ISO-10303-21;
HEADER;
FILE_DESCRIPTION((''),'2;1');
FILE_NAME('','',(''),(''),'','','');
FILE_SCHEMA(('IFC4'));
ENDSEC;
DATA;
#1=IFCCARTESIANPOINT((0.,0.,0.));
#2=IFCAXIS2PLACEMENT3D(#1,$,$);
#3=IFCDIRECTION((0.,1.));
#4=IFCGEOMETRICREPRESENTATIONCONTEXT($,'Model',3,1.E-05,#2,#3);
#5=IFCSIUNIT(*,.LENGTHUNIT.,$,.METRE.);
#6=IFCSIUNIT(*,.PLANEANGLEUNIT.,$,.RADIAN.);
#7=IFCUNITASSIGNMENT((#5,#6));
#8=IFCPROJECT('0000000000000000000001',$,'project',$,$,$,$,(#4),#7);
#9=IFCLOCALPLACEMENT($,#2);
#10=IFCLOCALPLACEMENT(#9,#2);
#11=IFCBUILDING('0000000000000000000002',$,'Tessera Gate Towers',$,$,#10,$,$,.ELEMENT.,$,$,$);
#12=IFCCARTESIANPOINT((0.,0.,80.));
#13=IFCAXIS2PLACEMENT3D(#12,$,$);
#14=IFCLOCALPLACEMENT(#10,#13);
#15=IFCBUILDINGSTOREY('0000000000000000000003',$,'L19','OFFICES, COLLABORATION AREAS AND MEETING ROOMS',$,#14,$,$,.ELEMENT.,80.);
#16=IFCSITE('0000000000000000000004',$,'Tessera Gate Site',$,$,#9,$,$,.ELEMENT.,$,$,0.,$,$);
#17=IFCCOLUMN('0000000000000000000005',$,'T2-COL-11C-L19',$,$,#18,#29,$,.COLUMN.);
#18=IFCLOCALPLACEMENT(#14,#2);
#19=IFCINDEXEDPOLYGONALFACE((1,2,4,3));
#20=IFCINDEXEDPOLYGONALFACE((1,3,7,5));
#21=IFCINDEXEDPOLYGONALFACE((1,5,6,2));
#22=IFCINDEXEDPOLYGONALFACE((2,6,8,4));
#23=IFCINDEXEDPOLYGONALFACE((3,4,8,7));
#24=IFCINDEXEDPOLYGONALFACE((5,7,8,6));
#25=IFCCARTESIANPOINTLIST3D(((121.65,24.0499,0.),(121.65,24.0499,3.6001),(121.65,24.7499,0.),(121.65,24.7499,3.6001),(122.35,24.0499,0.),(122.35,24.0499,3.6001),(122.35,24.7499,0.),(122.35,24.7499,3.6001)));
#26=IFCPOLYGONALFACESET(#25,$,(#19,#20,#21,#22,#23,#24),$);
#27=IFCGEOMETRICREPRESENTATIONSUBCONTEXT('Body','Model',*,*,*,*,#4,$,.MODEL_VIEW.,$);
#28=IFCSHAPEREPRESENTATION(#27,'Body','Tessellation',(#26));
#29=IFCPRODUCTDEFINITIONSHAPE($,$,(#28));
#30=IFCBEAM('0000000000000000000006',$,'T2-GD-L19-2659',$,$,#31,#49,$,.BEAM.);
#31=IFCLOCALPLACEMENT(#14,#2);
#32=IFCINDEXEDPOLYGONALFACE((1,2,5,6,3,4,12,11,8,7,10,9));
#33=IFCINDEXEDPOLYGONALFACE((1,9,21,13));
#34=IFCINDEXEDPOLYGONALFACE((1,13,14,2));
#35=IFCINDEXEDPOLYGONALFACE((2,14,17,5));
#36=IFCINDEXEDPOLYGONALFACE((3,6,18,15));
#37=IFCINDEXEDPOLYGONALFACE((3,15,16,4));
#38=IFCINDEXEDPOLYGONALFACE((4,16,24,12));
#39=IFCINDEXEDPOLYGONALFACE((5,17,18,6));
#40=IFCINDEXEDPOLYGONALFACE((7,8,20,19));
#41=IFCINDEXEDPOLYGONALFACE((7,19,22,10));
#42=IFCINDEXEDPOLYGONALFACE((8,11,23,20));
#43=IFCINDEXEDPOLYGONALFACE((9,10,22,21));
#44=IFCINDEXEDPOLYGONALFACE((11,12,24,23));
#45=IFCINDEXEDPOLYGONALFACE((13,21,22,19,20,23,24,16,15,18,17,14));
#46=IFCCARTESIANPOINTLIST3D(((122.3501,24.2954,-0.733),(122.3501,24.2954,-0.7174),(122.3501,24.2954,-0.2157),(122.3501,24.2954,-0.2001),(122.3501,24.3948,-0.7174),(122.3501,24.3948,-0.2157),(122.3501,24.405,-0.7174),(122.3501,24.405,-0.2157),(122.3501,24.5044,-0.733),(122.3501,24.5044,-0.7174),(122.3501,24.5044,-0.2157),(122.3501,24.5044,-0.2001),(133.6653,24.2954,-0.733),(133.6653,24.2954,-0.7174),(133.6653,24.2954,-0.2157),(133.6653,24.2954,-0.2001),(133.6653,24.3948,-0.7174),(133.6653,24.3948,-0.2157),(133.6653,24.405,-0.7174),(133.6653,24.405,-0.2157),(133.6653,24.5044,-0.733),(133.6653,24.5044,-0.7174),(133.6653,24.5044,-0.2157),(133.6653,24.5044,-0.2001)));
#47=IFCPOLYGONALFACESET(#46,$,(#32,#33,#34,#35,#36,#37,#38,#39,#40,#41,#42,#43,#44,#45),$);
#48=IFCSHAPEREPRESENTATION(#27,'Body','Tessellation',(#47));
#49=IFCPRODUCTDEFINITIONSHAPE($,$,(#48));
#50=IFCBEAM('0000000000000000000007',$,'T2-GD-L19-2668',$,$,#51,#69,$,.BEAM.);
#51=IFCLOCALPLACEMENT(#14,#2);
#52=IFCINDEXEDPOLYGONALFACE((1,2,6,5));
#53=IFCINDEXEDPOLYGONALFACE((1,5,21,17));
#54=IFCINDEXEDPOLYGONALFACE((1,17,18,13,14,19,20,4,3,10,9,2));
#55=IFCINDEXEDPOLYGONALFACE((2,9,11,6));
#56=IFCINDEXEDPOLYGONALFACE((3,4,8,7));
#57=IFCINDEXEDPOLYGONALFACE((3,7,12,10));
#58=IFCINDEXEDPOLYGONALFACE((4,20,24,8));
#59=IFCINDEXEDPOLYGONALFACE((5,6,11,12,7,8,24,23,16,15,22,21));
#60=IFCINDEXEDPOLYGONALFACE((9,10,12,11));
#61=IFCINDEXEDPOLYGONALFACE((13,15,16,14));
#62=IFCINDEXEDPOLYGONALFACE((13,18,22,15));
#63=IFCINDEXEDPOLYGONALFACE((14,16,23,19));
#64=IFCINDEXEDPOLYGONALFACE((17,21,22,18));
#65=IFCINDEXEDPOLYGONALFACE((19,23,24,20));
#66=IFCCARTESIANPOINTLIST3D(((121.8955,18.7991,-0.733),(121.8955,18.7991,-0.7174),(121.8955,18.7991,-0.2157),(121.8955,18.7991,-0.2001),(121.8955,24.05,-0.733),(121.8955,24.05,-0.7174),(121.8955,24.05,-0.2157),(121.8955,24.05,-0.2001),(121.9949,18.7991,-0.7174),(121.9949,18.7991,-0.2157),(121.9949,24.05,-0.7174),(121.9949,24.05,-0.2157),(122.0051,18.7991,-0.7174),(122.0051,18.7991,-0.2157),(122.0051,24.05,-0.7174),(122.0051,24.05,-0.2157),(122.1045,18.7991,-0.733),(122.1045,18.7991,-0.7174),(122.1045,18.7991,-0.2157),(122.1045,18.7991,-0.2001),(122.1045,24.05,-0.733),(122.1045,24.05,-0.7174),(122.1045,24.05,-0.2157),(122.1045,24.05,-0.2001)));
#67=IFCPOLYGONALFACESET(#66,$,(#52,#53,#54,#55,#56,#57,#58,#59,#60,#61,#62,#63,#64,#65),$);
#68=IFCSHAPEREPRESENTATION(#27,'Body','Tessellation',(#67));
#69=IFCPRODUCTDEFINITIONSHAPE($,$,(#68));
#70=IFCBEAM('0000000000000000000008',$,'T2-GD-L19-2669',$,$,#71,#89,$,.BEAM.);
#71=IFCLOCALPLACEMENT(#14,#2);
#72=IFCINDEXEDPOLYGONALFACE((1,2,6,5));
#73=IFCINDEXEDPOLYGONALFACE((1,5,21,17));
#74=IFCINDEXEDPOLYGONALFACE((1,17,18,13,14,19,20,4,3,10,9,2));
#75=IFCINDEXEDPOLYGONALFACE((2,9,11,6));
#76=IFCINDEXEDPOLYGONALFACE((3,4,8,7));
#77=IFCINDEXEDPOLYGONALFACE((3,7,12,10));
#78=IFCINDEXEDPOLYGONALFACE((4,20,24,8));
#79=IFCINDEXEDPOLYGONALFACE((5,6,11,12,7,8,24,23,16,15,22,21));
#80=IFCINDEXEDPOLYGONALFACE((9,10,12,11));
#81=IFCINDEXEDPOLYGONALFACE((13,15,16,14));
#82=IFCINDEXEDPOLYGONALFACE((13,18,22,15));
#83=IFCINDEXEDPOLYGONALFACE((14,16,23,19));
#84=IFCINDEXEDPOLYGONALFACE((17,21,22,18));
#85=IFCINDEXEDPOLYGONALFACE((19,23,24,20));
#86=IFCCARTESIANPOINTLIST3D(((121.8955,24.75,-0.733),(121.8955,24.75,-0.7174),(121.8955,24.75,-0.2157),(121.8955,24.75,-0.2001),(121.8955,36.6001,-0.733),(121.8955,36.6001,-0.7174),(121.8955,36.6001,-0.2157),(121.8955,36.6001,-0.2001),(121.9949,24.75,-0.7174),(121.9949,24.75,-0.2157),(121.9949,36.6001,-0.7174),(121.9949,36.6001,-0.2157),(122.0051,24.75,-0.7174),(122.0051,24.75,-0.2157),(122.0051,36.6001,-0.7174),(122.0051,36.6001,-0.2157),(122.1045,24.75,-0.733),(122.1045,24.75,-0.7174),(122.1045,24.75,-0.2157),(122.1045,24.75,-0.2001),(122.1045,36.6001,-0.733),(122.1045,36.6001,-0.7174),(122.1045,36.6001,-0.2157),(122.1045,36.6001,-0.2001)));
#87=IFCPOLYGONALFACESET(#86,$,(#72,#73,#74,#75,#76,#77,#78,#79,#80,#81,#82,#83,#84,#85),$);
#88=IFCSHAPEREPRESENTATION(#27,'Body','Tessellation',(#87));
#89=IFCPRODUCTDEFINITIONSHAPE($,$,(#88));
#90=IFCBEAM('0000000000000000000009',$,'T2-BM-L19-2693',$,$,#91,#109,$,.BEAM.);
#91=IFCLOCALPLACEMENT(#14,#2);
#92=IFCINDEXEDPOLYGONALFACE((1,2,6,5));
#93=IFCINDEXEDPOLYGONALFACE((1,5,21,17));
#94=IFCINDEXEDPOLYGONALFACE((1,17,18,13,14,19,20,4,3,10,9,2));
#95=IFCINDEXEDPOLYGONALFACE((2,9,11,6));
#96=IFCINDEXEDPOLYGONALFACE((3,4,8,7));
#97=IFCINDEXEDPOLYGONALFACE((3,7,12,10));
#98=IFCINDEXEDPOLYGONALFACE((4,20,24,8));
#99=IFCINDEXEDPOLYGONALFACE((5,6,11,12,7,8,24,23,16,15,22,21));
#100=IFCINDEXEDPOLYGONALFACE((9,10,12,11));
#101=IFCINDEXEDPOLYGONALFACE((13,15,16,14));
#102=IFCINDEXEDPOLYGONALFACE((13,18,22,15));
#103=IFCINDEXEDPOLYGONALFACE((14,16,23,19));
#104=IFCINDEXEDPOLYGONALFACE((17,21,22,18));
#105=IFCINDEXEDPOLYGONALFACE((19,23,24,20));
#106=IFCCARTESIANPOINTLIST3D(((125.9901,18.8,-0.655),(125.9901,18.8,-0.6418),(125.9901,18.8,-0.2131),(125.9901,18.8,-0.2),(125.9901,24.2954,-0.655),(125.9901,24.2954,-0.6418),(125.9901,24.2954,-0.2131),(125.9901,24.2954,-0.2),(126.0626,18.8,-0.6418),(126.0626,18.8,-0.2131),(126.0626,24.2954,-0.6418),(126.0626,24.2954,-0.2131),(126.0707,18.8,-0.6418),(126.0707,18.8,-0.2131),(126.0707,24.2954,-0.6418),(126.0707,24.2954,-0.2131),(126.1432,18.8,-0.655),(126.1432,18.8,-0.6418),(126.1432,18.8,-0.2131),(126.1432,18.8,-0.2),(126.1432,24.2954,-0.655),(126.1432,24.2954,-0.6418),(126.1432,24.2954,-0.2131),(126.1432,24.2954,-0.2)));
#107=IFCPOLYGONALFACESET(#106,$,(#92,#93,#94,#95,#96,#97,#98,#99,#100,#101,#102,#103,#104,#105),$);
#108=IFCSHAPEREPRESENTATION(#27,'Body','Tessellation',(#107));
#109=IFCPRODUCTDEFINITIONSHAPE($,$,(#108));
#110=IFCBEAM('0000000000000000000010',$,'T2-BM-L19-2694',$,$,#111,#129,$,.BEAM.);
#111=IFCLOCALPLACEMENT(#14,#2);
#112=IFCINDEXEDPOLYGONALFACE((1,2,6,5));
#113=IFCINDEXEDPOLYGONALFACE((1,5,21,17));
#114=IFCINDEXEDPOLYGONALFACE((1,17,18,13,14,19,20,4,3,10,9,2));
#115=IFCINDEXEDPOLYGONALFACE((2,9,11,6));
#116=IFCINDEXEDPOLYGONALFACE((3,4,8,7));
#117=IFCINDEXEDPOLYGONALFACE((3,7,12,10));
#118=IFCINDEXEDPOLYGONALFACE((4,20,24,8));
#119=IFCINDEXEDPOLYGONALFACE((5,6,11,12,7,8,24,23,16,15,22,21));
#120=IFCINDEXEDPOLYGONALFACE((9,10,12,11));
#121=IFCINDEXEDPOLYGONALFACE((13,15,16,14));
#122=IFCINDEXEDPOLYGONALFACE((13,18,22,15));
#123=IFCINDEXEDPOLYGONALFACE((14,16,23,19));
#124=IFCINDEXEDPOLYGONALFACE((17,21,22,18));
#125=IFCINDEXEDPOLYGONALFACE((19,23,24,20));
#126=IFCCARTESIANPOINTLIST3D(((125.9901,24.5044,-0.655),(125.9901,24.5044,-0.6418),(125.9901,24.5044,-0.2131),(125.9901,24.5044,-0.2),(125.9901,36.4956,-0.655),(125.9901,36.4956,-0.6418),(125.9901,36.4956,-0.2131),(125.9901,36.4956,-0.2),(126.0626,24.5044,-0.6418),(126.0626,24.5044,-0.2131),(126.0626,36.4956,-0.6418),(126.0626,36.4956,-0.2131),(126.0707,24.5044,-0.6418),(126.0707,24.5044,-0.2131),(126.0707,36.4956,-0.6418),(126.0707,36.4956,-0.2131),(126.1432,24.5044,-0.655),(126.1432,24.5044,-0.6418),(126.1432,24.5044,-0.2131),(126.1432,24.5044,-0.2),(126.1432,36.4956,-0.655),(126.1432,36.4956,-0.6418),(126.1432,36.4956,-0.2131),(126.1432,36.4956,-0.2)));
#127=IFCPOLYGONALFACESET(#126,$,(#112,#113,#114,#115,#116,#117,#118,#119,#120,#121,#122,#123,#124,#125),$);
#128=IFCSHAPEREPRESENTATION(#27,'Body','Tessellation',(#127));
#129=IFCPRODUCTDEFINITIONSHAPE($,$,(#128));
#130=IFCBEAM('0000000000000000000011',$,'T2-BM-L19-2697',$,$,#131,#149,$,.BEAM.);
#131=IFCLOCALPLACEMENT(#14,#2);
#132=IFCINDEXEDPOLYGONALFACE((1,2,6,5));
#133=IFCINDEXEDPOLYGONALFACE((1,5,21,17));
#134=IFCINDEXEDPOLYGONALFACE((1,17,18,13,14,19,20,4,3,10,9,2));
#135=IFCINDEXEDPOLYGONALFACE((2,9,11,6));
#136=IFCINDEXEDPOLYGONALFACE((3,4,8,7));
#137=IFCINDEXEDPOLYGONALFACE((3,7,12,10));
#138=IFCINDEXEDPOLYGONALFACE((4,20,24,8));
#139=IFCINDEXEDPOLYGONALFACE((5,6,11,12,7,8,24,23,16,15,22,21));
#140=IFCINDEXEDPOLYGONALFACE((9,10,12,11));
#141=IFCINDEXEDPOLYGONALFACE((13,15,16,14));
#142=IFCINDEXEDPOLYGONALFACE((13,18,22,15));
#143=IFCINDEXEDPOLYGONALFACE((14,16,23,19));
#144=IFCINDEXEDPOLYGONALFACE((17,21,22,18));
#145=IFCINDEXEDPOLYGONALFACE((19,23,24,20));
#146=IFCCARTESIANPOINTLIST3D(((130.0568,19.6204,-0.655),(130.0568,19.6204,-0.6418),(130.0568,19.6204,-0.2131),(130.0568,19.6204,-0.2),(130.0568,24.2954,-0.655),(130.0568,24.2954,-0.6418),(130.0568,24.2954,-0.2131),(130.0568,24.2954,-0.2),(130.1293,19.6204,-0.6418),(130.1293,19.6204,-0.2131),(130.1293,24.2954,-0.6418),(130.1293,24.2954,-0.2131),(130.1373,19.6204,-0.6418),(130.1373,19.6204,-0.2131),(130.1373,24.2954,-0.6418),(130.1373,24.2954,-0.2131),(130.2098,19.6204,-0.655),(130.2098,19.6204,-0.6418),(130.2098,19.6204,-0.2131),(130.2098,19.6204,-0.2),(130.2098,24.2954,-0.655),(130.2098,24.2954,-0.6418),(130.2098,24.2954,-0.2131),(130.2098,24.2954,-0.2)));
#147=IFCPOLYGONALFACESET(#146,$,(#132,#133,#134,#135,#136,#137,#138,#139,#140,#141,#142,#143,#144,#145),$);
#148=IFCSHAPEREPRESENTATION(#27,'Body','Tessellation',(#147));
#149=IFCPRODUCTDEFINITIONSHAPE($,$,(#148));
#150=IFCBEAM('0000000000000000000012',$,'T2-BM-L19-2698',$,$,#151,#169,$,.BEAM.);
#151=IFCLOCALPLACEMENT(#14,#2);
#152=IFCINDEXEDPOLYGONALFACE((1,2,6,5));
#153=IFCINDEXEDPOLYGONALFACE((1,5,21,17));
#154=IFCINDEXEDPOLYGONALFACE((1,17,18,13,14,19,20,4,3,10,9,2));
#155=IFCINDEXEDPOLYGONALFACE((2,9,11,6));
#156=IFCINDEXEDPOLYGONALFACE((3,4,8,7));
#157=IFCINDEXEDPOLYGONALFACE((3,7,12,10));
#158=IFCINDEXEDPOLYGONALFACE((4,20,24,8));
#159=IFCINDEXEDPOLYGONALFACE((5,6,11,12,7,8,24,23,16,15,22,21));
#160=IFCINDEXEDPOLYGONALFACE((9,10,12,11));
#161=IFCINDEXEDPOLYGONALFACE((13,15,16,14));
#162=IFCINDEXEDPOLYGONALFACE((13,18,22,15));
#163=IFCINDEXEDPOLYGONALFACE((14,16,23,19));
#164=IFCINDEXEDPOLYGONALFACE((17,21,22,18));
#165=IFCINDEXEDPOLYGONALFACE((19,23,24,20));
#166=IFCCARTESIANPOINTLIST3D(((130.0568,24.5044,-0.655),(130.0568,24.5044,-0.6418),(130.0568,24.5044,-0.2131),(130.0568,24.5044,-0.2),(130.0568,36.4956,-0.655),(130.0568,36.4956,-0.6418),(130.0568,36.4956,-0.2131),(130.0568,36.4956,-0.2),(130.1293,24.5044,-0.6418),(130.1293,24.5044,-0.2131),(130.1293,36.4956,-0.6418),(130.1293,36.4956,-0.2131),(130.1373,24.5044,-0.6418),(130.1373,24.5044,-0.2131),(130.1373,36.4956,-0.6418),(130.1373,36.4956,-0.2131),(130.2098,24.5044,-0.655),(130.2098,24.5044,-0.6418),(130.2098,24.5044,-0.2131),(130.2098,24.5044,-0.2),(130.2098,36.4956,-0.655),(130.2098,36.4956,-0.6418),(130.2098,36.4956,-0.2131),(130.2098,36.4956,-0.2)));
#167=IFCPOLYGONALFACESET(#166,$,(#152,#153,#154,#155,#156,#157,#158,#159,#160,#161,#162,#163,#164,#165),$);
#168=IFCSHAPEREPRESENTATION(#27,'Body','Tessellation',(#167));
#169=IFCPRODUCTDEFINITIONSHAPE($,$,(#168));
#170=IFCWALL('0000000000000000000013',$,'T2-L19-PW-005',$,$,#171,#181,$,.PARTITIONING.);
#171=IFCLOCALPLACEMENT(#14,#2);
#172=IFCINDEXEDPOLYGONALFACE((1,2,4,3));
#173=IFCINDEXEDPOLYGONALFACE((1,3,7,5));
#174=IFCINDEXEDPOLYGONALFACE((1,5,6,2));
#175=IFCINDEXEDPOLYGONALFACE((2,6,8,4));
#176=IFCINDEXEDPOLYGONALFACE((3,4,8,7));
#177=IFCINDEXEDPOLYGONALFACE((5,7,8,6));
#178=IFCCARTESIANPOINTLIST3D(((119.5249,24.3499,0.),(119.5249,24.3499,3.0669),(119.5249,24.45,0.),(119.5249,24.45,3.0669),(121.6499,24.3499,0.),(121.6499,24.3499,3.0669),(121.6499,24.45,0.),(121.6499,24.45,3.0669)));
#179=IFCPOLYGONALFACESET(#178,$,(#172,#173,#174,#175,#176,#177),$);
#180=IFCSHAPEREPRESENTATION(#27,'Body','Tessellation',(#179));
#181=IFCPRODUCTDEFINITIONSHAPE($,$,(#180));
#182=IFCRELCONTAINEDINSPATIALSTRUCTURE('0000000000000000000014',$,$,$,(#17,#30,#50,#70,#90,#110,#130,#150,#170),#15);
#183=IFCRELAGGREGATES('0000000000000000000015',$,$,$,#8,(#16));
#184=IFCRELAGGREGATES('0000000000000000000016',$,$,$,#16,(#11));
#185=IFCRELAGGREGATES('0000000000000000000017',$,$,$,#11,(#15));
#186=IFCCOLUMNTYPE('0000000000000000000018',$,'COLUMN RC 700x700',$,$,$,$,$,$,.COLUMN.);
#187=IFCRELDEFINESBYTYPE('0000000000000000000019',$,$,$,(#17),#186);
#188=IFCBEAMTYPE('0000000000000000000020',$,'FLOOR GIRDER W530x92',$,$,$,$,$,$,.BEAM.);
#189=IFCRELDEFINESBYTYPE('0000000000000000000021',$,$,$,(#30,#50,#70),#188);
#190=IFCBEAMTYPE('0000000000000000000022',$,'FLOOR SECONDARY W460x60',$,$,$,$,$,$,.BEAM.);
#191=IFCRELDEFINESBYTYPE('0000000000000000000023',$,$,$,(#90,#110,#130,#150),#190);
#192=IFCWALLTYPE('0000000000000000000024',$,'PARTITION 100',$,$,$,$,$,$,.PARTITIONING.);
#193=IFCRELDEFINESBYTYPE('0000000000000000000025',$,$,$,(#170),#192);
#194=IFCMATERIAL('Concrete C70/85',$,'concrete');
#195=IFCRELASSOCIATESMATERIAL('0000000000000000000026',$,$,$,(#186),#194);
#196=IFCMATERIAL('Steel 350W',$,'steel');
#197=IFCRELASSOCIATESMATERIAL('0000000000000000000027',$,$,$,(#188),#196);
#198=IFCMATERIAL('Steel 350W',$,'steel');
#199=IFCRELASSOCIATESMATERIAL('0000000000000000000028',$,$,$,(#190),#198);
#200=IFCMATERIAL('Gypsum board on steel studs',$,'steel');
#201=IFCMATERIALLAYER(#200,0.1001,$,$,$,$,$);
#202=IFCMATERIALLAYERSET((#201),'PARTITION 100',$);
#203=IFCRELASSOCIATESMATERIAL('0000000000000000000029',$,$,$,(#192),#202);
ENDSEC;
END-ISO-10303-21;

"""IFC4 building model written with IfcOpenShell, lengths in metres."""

from ifc_helpers import new_model, si_unit, direction, frame, frame_2d, origin, origin_2d, place, context, subcontext, project, spatial, rectangle, i_section, extrude, material, layer, layer_set, material_profile, profile_set, type_object, element, save


model = new_model("IFC4")

# Units and contexts
model_context = context("Model", 3, precision=1e-05, world=origin(), true_north=direction((0.0, 1.0)))
body_context = subcontext(model_context, "Body", "Model", "MODEL_VIEW")
ifc_project = project(units=[si_unit("LENGTHUNIT", "METRE"), si_unit("PLANEANGLEUNIT", "RADIAN")], contexts=[model_context])

# Site, building, storey
site_placement = place(None, origin())
site = spatial("IfcSite", under=ifc_project, at=site_placement, Name="Tessera Gate Site", CompositionType="ELEMENT", RefElevation=0.0)
building_placement = place(site_placement, origin())
building = spatial("IfcBuilding", under=site, at=building_placement, Name="Tessera Gate Towers", CompositionType="ELEMENT")
storey_placement = place(building_placement, frame((0.0, 0.0, 80.0)))
storey = spatial("IfcBuildingStorey", under=building, at=storey_placement, Name="L19", Description="OFFICES, COLLABORATION AREAS AND MEETING ROOMS", CompositionType="ELEMENT", Elevation=80.0)

# Column
ifc_material_1 = material(Name="Concrete C70/85", Category="concrete")
ifc_material_profile_1 = material_profile(ifc_material_1, rectangle(XDim=0.7, YDim=0.7, at=origin_2d()), Name="RC 700x700")
ifc_profile_set_1 = profile_set([ifc_material_profile_1], Name="Concrete C70/85")
column_type = type_object("IfcColumnType", Name="COLUMN RC 700x700", PredefinedType="COLUMN", material=ifc_profile_set_1)
column_placement = place(storey_placement, frame((122.0, 24.3999, 0.0), z_axis=(0.0, 0.0, 1.0), x_axis=(1.0, 0.0, 0.0)))
element("IfcColumn", 1, at=column_placement, inside=storey, type_object=column_type, Name="T2-COL-11C-L19", PredefinedType="COLUMN", context=body_context, shape_type="SweptSolid", body=[
    extrude(rectangle(XDim=0.7, YDim=0.7, at=origin_2d()), origin(), (0.0, 0.0, 1.0), 3.6001),
])

# Beams
ifc_material_2 = material(Name="Steel 350W", Category="steel")
ifc_material_profile_2 = material_profile(ifc_material_2, i_section(OverallWidth=0.209, OverallDepth=0.533, WebThickness=0.0103, FlangeThickness=0.0156, at=origin_2d()), Name="W530x92")
ifc_profile_set_2 = profile_set([ifc_material_profile_2], Name="Steel 350W")
beam_type_1 = type_object("IfcBeamType", Name="FLOOR GIRDER W530x92", PredefinedType="BEAM", material=ifc_profile_set_2)
beam_1_placement = place(storey_placement, frame((122.3501, 24.3999, -0.4666), z_axis=(1.0, 0.0, 0.0), x_axis=(0.0, 1.0, 0.0)))
element("IfcBeam", 2, at=beam_1_placement, inside=storey, type_object=beam_type_1, Name="T2-GD-L19-2659", PredefinedType="BEAM", context=body_context, shape_type="SweptSolid", body=[
    extrude(i_section(OverallWidth=0.209, OverallDepth=0.533, WebThickness=0.0103, FlangeThickness=0.0156, at=origin_2d()), origin(), (0.0, 0.0, 1.0), 11.3152),
])
beam_2_placement = place(storey_placement, frame((122.0, 18.7991, -0.4666), z_axis=(0.0, 1.0, 0.0), x_axis=(-1.0, 0.0, 0.0)))
element("IfcBeam", 3, at=beam_2_placement, inside=storey, type_object=beam_type_1, Name="T2-GD-L19-2668", PredefinedType="BEAM", context=body_context, shape_type="SweptSolid", body=[
    extrude(i_section(OverallWidth=0.209, OverallDepth=0.533, WebThickness=0.0103, FlangeThickness=0.0156, at=origin_2d()), origin(), (0.0, 0.0, 1.0), 5.251),
])
beam_3_placement = place(storey_placement, frame((122.0, 24.75, -0.4666), z_axis=(0.0, 1.0, 0.0), x_axis=(-1.0, 0.0, 0.0)))
element("IfcBeam", 4, at=beam_3_placement, inside=storey, type_object=beam_type_1, Name="T2-GD-L19-2669", PredefinedType="BEAM", context=body_context, shape_type="SweptSolid", body=[
    extrude(i_section(OverallWidth=0.209, OverallDepth=0.533, WebThickness=0.0103, FlangeThickness=0.0156, at=origin_2d()), origin(), (0.0, 0.0, 1.0), 11.8501),
])
ifc_material_3 = material(Name="Steel 350W", Category="steel")
ifc_material_profile_3 = material_profile(ifc_material_3, i_section(OverallWidth=0.1531, OverallDepth=0.4551, WebThickness=0.0081, FlangeThickness=0.0132, at=origin_2d()), Name="W460x60")
ifc_profile_set_3 = profile_set([ifc_material_profile_3], Name="Steel 350W")
beam_type_2 = type_object("IfcBeamType", Name="FLOOR SECONDARY W460x60", PredefinedType="BEAM", material=ifc_profile_set_3)
beam_4_placement = place(storey_placement, frame((126.0667, 18.8, -0.4275), z_axis=(0.0, 1.0, 0.0), x_axis=(-1.0, 0.0, 0.0)))
element("IfcBeam", 5, at=beam_4_placement, inside=storey, type_object=beam_type_2, Name="T2-BM-L19-2693", PredefinedType="BEAM", context=body_context, shape_type="SweptSolid", body=[
    extrude(i_section(OverallWidth=0.1531, OverallDepth=0.4551, WebThickness=0.0081, FlangeThickness=0.0132, at=origin_2d()), origin(), (0.0, 0.0, 1.0), 5.4954),
])
beam_5_placement = place(storey_placement, frame((126.0667, 24.5044, -0.4275), z_axis=(0.0, 1.0, 0.0), x_axis=(-1.0, 0.0, 0.0)))
element("IfcBeam", 6, at=beam_5_placement, inside=storey, type_object=beam_type_2, Name="T2-BM-L19-2694", PredefinedType="BEAM", context=body_context, shape_type="SweptSolid", body=[
    extrude(i_section(OverallWidth=0.1531, OverallDepth=0.4551, WebThickness=0.0081, FlangeThickness=0.0132, at=origin_2d()), origin(), (0.0, 0.0, 1.0), 11.9912),
])
beam_6_placement = place(storey_placement, frame((130.1333, 19.6204, -0.4275), z_axis=(0.0, 1.0, 0.0), x_axis=(-1.0, 0.0, 0.0)))
element("IfcBeam", 7, at=beam_6_placement, inside=storey, type_object=beam_type_2, Name="T2-BM-L19-2697", PredefinedType="BEAM", context=body_context, shape_type="SweptSolid", body=[
    extrude(i_section(OverallWidth=0.1531, OverallDepth=0.4551, WebThickness=0.0081, FlangeThickness=0.0132, at=origin_2d()), origin(), (0.0, 0.0, 1.0), 4.675),
])
beam_7_placement = place(storey_placement, frame((130.1333, 24.5044, -0.4275), z_axis=(0.0, 1.0, 0.0), x_axis=(-1.0, 0.0, 0.0)))
element("IfcBeam", 8, at=beam_7_placement, inside=storey, type_object=beam_type_2, Name="T2-BM-L19-2698", PredefinedType="BEAM", context=body_context, shape_type="SweptSolid", body=[
    extrude(i_section(OverallWidth=0.1531, OverallDepth=0.4551, WebThickness=0.0081, FlangeThickness=0.0132, at=origin_2d()), origin(), (0.0, 0.0, 1.0), 11.9912),
])

# Wall
ifc_material_4 = material(Name="Gypsum board on steel studs", Category="steel")
ifc_layer_1 = layer(ifc_material_4, 0.1001)
ifc_layer_set_1 = layer_set([ifc_layer_1], Name="PARTITION 100")
wall_type_1 = type_object("IfcWallType", Name="PARTITION 100", PredefinedType="PARTITIONING", material=ifc_layer_set_1)
wall_1_placement = place(storey_placement, frame((121.6499, 24.3999, 0.0), z_axis=(0.0, 0.0, 1.0), x_axis=(-1.0, 0.0, 0.0)))
element("IfcWall", 9, at=wall_1_placement, inside=storey, type_object=wall_type_1, Name="T2-L19-PW-005", PredefinedType="PARTITIONING", context=body_context, shape_type="SweptSolid", body=[
    extrude(rectangle(XDim=2.125, YDim=0.1001, at=frame_2d((1.0625, 0.0))), origin(), (0.0, 0.0, 1.0), 3.0669),
])

save(model, "model.ifc")
